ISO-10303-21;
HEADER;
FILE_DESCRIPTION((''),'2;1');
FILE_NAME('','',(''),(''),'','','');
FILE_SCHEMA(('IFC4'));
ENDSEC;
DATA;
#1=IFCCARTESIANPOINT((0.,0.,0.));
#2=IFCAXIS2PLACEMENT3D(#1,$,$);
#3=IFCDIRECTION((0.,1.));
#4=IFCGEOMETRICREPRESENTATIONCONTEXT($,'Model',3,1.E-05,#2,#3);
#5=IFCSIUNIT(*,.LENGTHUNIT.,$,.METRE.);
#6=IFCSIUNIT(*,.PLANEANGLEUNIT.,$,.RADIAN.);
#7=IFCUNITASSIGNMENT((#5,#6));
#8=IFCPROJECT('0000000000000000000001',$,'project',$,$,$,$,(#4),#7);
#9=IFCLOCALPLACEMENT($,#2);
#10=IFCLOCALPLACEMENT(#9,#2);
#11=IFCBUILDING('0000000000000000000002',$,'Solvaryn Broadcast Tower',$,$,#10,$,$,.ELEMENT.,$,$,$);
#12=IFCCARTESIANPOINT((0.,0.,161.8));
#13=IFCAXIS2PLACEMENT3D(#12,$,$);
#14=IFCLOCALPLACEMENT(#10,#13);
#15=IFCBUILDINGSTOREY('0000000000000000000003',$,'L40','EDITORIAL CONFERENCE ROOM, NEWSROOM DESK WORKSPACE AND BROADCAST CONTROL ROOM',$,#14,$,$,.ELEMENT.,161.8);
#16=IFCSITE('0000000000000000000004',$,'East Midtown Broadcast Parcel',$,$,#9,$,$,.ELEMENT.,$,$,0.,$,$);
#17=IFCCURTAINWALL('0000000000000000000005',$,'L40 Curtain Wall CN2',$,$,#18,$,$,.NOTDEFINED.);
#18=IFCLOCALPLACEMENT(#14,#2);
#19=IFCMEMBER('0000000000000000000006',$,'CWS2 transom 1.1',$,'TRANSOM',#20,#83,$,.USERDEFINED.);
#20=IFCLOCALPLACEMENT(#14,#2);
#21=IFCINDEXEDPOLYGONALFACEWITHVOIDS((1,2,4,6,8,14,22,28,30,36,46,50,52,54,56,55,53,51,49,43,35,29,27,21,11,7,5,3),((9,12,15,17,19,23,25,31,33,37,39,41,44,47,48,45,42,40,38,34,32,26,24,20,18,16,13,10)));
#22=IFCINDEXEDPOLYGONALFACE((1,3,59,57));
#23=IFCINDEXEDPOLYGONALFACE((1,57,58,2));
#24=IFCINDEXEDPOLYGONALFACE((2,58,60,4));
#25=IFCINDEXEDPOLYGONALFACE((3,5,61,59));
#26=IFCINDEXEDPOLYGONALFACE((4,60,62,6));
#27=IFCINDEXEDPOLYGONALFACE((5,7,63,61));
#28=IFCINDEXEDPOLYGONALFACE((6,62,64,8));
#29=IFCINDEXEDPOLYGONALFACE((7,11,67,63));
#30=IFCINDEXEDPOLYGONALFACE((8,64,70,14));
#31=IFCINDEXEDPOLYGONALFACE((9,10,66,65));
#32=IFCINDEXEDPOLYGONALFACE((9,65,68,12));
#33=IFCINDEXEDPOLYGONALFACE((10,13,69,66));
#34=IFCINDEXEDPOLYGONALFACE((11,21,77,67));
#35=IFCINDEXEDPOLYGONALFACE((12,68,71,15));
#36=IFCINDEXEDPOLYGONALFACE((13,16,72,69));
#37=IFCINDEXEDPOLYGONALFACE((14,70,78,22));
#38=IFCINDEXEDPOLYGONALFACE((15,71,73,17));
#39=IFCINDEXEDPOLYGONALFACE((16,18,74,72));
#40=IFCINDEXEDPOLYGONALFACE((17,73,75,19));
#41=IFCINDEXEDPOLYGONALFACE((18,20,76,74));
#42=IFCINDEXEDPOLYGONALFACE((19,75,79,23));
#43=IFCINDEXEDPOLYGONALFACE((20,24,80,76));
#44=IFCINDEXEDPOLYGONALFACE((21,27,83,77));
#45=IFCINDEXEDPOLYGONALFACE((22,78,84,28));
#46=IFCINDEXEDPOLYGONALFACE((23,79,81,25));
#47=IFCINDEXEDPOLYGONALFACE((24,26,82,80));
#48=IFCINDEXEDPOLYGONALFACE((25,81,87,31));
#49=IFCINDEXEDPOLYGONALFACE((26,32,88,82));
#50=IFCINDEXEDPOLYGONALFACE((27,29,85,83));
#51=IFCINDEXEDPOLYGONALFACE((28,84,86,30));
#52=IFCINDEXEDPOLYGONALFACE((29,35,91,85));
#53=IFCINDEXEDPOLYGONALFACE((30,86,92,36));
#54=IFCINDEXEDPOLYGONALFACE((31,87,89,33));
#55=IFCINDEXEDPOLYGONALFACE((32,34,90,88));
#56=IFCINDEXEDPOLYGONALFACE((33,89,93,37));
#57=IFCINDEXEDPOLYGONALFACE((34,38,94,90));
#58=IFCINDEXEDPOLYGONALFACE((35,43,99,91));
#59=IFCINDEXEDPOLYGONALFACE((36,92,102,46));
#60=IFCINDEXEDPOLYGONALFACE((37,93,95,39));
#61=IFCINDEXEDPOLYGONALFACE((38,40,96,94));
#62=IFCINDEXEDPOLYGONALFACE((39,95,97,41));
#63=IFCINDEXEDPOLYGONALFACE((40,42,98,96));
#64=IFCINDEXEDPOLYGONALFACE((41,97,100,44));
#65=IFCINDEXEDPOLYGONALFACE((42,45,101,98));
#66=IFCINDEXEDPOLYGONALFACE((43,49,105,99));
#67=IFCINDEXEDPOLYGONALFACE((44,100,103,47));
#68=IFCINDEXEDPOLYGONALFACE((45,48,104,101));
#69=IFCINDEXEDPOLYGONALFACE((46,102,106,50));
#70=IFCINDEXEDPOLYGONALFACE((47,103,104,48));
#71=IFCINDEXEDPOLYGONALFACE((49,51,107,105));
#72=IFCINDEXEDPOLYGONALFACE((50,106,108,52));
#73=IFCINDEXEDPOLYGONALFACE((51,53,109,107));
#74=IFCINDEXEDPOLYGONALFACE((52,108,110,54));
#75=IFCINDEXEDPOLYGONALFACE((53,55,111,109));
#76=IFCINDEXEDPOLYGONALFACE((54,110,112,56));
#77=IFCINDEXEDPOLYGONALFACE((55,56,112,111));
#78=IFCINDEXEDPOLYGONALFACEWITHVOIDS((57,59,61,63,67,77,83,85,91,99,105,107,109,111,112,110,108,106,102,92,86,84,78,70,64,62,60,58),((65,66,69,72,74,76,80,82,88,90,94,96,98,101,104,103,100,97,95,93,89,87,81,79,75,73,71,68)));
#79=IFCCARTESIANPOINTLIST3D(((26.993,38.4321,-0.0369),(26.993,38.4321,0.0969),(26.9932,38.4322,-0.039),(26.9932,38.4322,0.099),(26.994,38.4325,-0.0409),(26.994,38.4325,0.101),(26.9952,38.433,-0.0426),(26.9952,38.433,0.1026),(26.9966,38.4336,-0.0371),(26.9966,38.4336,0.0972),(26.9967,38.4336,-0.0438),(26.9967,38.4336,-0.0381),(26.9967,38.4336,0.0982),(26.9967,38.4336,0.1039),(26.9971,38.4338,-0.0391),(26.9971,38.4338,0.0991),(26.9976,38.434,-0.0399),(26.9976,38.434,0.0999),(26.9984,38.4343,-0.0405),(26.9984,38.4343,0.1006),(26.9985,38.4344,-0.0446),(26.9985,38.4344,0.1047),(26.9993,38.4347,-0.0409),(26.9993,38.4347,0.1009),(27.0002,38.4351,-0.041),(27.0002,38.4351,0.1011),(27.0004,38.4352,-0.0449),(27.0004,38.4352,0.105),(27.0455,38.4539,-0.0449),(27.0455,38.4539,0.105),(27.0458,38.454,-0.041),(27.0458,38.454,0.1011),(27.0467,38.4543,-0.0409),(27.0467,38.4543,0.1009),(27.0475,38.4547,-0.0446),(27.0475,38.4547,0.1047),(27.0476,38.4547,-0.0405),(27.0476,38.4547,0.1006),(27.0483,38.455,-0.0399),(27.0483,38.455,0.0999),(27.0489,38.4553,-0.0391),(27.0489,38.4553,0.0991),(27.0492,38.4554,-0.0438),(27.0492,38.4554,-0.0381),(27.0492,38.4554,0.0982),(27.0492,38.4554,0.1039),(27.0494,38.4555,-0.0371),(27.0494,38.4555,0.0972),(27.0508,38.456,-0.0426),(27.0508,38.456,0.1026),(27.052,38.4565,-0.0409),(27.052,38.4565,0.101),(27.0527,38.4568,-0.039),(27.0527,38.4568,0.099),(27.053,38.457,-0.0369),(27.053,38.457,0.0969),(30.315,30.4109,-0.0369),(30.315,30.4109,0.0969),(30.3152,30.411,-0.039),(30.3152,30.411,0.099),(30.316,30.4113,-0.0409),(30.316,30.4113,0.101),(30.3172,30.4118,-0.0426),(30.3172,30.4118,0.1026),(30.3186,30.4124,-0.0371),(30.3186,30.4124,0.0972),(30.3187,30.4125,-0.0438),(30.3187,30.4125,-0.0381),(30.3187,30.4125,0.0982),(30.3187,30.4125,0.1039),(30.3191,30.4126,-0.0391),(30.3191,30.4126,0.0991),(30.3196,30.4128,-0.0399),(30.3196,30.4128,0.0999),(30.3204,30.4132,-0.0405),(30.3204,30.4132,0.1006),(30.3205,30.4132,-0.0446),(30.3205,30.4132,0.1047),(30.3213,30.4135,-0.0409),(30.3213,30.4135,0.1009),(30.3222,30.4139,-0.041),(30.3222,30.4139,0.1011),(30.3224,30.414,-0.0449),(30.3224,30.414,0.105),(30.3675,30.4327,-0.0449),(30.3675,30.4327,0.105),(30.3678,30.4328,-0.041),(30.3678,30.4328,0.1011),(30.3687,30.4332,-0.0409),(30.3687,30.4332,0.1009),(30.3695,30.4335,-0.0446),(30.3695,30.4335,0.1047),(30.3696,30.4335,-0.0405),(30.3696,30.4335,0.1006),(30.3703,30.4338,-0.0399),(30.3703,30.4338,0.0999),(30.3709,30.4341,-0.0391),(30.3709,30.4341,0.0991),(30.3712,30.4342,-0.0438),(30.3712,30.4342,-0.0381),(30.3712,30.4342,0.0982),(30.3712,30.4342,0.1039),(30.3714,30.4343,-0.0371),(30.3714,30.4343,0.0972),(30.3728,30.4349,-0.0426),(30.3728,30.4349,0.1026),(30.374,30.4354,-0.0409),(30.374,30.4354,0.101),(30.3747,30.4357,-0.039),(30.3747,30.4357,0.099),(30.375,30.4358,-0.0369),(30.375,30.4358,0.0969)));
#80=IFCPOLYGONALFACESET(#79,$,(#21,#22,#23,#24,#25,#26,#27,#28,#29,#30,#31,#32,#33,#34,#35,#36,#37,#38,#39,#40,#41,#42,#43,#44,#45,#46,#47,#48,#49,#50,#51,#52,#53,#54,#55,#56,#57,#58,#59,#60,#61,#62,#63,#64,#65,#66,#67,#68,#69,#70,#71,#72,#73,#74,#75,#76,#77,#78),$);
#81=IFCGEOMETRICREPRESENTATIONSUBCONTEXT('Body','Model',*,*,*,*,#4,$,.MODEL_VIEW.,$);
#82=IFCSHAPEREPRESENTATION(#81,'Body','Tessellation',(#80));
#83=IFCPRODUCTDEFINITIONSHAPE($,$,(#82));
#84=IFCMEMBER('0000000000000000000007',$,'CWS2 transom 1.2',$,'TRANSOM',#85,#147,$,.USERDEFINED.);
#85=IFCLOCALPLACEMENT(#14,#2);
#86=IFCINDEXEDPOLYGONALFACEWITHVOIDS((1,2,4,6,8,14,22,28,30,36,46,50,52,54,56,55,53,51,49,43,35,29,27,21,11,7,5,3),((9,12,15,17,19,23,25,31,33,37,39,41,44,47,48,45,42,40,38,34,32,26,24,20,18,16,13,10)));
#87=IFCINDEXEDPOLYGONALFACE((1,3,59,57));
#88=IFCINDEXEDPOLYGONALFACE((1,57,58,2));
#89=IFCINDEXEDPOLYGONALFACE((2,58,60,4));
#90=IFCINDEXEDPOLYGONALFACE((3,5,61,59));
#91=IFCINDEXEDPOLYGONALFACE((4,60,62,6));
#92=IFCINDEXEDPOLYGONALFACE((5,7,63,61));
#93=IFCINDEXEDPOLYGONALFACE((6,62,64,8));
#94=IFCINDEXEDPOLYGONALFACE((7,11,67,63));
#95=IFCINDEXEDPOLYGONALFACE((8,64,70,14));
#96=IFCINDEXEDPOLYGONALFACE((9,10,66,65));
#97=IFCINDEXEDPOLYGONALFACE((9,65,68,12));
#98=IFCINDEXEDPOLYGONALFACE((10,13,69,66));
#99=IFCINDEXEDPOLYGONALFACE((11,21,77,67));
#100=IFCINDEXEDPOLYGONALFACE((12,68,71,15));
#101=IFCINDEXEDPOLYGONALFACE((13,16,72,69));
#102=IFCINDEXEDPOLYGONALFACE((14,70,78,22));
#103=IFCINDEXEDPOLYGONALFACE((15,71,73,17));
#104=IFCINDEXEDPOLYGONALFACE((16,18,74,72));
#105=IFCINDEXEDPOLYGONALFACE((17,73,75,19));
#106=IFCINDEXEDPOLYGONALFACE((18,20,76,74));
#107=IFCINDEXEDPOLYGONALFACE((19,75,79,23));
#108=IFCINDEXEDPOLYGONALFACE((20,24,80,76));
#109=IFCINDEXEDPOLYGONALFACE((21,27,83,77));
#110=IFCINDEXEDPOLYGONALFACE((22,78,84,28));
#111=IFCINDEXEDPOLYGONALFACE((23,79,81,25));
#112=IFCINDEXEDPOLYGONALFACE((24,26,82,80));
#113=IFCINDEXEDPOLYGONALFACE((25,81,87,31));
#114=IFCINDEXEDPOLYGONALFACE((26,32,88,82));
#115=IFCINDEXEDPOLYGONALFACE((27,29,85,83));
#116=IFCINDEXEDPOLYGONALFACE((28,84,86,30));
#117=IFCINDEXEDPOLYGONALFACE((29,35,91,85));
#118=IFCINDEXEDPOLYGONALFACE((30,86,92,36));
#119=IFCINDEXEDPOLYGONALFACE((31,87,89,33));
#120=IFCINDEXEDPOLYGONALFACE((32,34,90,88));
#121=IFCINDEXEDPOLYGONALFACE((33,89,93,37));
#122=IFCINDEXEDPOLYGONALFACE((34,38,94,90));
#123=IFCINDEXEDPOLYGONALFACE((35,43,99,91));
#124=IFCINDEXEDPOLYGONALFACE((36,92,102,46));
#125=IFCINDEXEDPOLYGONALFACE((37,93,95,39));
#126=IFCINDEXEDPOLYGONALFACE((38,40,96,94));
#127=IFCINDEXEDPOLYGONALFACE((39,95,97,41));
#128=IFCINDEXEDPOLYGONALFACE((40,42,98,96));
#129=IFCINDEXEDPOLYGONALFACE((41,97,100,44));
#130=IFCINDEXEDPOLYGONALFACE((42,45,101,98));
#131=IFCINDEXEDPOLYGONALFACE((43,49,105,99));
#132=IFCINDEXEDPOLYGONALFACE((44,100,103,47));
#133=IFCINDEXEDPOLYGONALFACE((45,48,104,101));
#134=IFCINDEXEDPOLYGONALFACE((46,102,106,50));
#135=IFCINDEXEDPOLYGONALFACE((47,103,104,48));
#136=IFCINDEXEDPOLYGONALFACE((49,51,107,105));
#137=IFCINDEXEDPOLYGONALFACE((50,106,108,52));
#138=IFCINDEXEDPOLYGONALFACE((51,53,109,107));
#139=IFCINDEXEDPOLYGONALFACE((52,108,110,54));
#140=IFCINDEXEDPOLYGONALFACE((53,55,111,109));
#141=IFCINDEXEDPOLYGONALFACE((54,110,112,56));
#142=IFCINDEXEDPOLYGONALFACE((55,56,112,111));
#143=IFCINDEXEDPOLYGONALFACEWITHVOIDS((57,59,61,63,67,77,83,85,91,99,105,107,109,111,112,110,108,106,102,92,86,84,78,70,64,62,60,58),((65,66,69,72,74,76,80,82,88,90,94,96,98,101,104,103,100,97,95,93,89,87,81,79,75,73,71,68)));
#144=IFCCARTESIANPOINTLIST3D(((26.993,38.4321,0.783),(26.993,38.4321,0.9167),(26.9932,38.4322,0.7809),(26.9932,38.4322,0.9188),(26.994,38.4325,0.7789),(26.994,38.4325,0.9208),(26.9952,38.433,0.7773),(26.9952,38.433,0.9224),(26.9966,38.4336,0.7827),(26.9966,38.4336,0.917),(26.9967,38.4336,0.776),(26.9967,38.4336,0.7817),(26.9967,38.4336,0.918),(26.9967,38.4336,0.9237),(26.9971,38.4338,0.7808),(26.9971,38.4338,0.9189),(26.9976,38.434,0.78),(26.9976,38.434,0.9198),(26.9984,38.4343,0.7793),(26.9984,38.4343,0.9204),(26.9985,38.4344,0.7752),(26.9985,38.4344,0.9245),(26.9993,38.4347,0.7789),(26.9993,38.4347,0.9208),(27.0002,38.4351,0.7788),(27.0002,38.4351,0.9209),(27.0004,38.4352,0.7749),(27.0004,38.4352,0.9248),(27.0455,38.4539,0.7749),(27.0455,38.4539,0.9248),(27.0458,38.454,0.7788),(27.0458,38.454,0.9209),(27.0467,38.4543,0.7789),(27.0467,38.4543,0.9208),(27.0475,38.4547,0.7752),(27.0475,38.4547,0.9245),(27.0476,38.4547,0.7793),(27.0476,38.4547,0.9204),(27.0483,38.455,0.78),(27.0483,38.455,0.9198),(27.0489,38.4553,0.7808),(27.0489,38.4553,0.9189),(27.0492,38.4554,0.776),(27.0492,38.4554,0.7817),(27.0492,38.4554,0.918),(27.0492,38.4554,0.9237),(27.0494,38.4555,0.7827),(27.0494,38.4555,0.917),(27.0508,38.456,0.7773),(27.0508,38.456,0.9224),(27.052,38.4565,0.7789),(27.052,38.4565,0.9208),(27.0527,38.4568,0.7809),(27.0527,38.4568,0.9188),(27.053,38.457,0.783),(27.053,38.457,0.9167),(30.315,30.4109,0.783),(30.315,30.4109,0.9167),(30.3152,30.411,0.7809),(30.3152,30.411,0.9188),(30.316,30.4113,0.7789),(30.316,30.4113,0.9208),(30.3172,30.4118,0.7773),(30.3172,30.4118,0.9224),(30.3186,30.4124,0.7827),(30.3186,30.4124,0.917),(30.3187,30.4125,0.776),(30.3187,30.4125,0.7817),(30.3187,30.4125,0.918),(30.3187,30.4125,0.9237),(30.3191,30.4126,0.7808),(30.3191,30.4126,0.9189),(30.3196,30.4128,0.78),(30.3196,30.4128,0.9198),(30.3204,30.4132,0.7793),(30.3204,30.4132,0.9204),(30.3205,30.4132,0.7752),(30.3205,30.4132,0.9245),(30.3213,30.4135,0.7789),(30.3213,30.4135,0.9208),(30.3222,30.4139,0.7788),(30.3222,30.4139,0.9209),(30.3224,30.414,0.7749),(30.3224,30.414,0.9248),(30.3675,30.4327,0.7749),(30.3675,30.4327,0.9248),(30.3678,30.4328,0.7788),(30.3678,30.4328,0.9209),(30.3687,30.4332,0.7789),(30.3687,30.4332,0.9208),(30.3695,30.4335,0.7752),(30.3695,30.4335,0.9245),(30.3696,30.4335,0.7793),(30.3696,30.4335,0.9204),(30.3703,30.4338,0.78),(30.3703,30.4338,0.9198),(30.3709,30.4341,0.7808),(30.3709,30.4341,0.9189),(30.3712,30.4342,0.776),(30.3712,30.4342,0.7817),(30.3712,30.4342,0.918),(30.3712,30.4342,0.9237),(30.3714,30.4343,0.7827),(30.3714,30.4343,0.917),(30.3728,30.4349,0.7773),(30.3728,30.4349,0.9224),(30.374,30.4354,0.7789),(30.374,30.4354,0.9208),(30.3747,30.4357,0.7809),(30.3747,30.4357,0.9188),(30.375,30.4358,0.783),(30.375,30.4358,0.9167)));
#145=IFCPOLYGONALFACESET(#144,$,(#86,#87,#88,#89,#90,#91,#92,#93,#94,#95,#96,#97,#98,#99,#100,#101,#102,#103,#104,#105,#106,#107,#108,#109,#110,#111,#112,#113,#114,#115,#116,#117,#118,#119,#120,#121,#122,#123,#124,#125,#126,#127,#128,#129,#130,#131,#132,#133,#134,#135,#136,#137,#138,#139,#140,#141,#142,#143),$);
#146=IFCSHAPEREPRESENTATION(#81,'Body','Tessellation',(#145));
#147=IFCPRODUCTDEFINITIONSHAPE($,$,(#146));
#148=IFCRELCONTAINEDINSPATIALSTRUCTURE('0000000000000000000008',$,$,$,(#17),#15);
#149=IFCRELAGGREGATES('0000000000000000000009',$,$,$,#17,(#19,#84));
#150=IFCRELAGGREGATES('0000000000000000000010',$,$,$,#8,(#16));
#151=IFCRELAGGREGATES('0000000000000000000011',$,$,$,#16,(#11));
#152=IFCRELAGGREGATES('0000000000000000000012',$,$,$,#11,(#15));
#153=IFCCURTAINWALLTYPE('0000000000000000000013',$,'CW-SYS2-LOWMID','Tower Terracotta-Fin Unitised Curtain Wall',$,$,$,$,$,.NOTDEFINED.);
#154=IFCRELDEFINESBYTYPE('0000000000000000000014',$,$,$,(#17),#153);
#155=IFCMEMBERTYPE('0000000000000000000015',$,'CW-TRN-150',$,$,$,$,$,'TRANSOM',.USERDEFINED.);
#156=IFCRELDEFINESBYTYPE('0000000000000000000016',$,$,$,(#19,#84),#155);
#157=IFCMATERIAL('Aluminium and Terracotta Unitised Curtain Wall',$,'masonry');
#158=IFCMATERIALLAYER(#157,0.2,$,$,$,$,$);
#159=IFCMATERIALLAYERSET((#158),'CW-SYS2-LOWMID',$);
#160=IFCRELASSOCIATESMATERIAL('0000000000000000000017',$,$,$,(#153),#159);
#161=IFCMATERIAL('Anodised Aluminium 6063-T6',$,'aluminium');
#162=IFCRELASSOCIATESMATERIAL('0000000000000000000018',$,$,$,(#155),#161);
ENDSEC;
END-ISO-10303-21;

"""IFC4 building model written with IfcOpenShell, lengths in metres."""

from ifc_helpers import new_model, si_unit, direction, frame, origin, origin_2d, place, context, subcontext, project, spatial, hollow_rectangle, extrude, material, layer, layer_set, material_profile, profile_set, type_object, element, aggregate, save


model = new_model("IFC4")

# Units and contexts
model_context = context("Model", 3, precision=1e-05, world=origin(), true_north=direction((0.0, 1.0)))
body_context = subcontext(model_context, "Body", "Model", "MODEL_VIEW")
ifc_project = project(units=[si_unit("LENGTHUNIT", "METRE"), si_unit("PLANEANGLEUNIT", "RADIAN")], contexts=[model_context])

# Site, building, storey
site_placement = place(None, origin())
site = spatial("IfcSite", under=ifc_project, at=site_placement, Name="East Midtown Broadcast Parcel", CompositionType="ELEMENT", RefElevation=0.0)
building_placement = place(site_placement, origin())
building = spatial("IfcBuilding", under=site, at=building_placement, Name="Solvaryn Broadcast Tower", CompositionType="ELEMENT")
storey_placement = place(building_placement, frame((0.0, 0.0, 161.8)))
storey = spatial("IfcBuildingStorey", under=building, at=storey_placement, Name="L40", Description="EDITORIAL CONFERENCE ROOM, NEWSROOM DESK WORKSPACE AND BROADCAST CONTROL ROOM", CompositionType="ELEMENT", Elevation=161.8)

# Shared definitions
ifc_material_1 = material(Name="Aluminium and Terracotta Unitised Curtain Wall", Category="masonry")
ifc_layer_1 = layer(ifc_material_1, 0.2)
ifc_layer_set_1 = layer_set([ifc_layer_1], Name="CW-SYS2-LOWMID")
curtain_wall_type = type_object("IfcCurtainWallType", Name="CW-SYS2-LOWMID", Description="Tower Terracotta-Fin Unitised Curtain Wall", PredefinedType="NOTDEFINED", material=ifc_layer_set_1)

# Curtain wall, members
curtain_wall_1_placement = place(storey_placement, origin())
curtain_wall_1 = element("IfcCurtainWall", 1, at=curtain_wall_1_placement, inside=storey, type_object=curtain_wall_type, Name="L40 Curtain Wall CN2", PredefinedType="NOTDEFINED")
ifc_material_2 = material(Name="Anodised Aluminium 6063-T6", Category="aluminium")
ifc_material_profile_1 = material_profile(ifc_material_2, hollow_rectangle(XDim=0.0649, YDim=0.1499, WallThickness=0.0039, InnerFilletRadius=0.0039, OuterFilletRadius=0.0081, at=origin_2d()))
ifc_profile_set_1 = profile_set([ifc_material_profile_1], Name="Anodised Aluminium 6063-T6")
member_type_1 = type_object("IfcMemberType", Name="CW-TRN-150", ElementType="TRANSOM", PredefinedType="USERDEFINED", material=ifc_profile_set_1)
member_1_placement = place(storey_placement, frame((30.345, 30.4233, 0.03), z_axis=(-0.382636, 0.923899, 0.0), x_axis=(-0.923899, -0.382636, 0.0)))
member_1 = element("IfcMember", 2, at=member_1_placement, type_object=member_type_1, Name="CWS2 transom 1.1", ObjectType="TRANSOM", PredefinedType="USERDEFINED", context=body_context, shape_type="SweptSolid", body=[
    extrude(hollow_rectangle(XDim=0.0649, YDim=0.1499, WallThickness=0.0039, InnerFilletRadius=0.0039, OuterFilletRadius=0.0081, at=origin_2d()), origin(), (0.0, 0.0, 1.0), 8.6819),
])
member_2_placement = place(storey_placement, frame((30.345, 30.4233, 0.8499), z_axis=(-0.382636, 0.923899, 0.0), x_axis=(-0.923899, -0.382636, 0.0)))
member_2 = element("IfcMember", 3, at=member_2_placement, type_object=member_type_1, Name="CWS2 transom 1.2", ObjectType="TRANSOM", PredefinedType="USERDEFINED", context=body_context, shape_type="SweptSolid", body=[
    extrude(hollow_rectangle(XDim=0.0649, YDim=0.1499, WallThickness=0.0039, InnerFilletRadius=0.0039, OuterFilletRadius=0.0081, at=origin_2d()), origin(), (0.0, 0.0, 1.0), 8.6819),
])

aggregate(curtain_wall_1, [member_1, member_2])

save(model, "model.ifc")
